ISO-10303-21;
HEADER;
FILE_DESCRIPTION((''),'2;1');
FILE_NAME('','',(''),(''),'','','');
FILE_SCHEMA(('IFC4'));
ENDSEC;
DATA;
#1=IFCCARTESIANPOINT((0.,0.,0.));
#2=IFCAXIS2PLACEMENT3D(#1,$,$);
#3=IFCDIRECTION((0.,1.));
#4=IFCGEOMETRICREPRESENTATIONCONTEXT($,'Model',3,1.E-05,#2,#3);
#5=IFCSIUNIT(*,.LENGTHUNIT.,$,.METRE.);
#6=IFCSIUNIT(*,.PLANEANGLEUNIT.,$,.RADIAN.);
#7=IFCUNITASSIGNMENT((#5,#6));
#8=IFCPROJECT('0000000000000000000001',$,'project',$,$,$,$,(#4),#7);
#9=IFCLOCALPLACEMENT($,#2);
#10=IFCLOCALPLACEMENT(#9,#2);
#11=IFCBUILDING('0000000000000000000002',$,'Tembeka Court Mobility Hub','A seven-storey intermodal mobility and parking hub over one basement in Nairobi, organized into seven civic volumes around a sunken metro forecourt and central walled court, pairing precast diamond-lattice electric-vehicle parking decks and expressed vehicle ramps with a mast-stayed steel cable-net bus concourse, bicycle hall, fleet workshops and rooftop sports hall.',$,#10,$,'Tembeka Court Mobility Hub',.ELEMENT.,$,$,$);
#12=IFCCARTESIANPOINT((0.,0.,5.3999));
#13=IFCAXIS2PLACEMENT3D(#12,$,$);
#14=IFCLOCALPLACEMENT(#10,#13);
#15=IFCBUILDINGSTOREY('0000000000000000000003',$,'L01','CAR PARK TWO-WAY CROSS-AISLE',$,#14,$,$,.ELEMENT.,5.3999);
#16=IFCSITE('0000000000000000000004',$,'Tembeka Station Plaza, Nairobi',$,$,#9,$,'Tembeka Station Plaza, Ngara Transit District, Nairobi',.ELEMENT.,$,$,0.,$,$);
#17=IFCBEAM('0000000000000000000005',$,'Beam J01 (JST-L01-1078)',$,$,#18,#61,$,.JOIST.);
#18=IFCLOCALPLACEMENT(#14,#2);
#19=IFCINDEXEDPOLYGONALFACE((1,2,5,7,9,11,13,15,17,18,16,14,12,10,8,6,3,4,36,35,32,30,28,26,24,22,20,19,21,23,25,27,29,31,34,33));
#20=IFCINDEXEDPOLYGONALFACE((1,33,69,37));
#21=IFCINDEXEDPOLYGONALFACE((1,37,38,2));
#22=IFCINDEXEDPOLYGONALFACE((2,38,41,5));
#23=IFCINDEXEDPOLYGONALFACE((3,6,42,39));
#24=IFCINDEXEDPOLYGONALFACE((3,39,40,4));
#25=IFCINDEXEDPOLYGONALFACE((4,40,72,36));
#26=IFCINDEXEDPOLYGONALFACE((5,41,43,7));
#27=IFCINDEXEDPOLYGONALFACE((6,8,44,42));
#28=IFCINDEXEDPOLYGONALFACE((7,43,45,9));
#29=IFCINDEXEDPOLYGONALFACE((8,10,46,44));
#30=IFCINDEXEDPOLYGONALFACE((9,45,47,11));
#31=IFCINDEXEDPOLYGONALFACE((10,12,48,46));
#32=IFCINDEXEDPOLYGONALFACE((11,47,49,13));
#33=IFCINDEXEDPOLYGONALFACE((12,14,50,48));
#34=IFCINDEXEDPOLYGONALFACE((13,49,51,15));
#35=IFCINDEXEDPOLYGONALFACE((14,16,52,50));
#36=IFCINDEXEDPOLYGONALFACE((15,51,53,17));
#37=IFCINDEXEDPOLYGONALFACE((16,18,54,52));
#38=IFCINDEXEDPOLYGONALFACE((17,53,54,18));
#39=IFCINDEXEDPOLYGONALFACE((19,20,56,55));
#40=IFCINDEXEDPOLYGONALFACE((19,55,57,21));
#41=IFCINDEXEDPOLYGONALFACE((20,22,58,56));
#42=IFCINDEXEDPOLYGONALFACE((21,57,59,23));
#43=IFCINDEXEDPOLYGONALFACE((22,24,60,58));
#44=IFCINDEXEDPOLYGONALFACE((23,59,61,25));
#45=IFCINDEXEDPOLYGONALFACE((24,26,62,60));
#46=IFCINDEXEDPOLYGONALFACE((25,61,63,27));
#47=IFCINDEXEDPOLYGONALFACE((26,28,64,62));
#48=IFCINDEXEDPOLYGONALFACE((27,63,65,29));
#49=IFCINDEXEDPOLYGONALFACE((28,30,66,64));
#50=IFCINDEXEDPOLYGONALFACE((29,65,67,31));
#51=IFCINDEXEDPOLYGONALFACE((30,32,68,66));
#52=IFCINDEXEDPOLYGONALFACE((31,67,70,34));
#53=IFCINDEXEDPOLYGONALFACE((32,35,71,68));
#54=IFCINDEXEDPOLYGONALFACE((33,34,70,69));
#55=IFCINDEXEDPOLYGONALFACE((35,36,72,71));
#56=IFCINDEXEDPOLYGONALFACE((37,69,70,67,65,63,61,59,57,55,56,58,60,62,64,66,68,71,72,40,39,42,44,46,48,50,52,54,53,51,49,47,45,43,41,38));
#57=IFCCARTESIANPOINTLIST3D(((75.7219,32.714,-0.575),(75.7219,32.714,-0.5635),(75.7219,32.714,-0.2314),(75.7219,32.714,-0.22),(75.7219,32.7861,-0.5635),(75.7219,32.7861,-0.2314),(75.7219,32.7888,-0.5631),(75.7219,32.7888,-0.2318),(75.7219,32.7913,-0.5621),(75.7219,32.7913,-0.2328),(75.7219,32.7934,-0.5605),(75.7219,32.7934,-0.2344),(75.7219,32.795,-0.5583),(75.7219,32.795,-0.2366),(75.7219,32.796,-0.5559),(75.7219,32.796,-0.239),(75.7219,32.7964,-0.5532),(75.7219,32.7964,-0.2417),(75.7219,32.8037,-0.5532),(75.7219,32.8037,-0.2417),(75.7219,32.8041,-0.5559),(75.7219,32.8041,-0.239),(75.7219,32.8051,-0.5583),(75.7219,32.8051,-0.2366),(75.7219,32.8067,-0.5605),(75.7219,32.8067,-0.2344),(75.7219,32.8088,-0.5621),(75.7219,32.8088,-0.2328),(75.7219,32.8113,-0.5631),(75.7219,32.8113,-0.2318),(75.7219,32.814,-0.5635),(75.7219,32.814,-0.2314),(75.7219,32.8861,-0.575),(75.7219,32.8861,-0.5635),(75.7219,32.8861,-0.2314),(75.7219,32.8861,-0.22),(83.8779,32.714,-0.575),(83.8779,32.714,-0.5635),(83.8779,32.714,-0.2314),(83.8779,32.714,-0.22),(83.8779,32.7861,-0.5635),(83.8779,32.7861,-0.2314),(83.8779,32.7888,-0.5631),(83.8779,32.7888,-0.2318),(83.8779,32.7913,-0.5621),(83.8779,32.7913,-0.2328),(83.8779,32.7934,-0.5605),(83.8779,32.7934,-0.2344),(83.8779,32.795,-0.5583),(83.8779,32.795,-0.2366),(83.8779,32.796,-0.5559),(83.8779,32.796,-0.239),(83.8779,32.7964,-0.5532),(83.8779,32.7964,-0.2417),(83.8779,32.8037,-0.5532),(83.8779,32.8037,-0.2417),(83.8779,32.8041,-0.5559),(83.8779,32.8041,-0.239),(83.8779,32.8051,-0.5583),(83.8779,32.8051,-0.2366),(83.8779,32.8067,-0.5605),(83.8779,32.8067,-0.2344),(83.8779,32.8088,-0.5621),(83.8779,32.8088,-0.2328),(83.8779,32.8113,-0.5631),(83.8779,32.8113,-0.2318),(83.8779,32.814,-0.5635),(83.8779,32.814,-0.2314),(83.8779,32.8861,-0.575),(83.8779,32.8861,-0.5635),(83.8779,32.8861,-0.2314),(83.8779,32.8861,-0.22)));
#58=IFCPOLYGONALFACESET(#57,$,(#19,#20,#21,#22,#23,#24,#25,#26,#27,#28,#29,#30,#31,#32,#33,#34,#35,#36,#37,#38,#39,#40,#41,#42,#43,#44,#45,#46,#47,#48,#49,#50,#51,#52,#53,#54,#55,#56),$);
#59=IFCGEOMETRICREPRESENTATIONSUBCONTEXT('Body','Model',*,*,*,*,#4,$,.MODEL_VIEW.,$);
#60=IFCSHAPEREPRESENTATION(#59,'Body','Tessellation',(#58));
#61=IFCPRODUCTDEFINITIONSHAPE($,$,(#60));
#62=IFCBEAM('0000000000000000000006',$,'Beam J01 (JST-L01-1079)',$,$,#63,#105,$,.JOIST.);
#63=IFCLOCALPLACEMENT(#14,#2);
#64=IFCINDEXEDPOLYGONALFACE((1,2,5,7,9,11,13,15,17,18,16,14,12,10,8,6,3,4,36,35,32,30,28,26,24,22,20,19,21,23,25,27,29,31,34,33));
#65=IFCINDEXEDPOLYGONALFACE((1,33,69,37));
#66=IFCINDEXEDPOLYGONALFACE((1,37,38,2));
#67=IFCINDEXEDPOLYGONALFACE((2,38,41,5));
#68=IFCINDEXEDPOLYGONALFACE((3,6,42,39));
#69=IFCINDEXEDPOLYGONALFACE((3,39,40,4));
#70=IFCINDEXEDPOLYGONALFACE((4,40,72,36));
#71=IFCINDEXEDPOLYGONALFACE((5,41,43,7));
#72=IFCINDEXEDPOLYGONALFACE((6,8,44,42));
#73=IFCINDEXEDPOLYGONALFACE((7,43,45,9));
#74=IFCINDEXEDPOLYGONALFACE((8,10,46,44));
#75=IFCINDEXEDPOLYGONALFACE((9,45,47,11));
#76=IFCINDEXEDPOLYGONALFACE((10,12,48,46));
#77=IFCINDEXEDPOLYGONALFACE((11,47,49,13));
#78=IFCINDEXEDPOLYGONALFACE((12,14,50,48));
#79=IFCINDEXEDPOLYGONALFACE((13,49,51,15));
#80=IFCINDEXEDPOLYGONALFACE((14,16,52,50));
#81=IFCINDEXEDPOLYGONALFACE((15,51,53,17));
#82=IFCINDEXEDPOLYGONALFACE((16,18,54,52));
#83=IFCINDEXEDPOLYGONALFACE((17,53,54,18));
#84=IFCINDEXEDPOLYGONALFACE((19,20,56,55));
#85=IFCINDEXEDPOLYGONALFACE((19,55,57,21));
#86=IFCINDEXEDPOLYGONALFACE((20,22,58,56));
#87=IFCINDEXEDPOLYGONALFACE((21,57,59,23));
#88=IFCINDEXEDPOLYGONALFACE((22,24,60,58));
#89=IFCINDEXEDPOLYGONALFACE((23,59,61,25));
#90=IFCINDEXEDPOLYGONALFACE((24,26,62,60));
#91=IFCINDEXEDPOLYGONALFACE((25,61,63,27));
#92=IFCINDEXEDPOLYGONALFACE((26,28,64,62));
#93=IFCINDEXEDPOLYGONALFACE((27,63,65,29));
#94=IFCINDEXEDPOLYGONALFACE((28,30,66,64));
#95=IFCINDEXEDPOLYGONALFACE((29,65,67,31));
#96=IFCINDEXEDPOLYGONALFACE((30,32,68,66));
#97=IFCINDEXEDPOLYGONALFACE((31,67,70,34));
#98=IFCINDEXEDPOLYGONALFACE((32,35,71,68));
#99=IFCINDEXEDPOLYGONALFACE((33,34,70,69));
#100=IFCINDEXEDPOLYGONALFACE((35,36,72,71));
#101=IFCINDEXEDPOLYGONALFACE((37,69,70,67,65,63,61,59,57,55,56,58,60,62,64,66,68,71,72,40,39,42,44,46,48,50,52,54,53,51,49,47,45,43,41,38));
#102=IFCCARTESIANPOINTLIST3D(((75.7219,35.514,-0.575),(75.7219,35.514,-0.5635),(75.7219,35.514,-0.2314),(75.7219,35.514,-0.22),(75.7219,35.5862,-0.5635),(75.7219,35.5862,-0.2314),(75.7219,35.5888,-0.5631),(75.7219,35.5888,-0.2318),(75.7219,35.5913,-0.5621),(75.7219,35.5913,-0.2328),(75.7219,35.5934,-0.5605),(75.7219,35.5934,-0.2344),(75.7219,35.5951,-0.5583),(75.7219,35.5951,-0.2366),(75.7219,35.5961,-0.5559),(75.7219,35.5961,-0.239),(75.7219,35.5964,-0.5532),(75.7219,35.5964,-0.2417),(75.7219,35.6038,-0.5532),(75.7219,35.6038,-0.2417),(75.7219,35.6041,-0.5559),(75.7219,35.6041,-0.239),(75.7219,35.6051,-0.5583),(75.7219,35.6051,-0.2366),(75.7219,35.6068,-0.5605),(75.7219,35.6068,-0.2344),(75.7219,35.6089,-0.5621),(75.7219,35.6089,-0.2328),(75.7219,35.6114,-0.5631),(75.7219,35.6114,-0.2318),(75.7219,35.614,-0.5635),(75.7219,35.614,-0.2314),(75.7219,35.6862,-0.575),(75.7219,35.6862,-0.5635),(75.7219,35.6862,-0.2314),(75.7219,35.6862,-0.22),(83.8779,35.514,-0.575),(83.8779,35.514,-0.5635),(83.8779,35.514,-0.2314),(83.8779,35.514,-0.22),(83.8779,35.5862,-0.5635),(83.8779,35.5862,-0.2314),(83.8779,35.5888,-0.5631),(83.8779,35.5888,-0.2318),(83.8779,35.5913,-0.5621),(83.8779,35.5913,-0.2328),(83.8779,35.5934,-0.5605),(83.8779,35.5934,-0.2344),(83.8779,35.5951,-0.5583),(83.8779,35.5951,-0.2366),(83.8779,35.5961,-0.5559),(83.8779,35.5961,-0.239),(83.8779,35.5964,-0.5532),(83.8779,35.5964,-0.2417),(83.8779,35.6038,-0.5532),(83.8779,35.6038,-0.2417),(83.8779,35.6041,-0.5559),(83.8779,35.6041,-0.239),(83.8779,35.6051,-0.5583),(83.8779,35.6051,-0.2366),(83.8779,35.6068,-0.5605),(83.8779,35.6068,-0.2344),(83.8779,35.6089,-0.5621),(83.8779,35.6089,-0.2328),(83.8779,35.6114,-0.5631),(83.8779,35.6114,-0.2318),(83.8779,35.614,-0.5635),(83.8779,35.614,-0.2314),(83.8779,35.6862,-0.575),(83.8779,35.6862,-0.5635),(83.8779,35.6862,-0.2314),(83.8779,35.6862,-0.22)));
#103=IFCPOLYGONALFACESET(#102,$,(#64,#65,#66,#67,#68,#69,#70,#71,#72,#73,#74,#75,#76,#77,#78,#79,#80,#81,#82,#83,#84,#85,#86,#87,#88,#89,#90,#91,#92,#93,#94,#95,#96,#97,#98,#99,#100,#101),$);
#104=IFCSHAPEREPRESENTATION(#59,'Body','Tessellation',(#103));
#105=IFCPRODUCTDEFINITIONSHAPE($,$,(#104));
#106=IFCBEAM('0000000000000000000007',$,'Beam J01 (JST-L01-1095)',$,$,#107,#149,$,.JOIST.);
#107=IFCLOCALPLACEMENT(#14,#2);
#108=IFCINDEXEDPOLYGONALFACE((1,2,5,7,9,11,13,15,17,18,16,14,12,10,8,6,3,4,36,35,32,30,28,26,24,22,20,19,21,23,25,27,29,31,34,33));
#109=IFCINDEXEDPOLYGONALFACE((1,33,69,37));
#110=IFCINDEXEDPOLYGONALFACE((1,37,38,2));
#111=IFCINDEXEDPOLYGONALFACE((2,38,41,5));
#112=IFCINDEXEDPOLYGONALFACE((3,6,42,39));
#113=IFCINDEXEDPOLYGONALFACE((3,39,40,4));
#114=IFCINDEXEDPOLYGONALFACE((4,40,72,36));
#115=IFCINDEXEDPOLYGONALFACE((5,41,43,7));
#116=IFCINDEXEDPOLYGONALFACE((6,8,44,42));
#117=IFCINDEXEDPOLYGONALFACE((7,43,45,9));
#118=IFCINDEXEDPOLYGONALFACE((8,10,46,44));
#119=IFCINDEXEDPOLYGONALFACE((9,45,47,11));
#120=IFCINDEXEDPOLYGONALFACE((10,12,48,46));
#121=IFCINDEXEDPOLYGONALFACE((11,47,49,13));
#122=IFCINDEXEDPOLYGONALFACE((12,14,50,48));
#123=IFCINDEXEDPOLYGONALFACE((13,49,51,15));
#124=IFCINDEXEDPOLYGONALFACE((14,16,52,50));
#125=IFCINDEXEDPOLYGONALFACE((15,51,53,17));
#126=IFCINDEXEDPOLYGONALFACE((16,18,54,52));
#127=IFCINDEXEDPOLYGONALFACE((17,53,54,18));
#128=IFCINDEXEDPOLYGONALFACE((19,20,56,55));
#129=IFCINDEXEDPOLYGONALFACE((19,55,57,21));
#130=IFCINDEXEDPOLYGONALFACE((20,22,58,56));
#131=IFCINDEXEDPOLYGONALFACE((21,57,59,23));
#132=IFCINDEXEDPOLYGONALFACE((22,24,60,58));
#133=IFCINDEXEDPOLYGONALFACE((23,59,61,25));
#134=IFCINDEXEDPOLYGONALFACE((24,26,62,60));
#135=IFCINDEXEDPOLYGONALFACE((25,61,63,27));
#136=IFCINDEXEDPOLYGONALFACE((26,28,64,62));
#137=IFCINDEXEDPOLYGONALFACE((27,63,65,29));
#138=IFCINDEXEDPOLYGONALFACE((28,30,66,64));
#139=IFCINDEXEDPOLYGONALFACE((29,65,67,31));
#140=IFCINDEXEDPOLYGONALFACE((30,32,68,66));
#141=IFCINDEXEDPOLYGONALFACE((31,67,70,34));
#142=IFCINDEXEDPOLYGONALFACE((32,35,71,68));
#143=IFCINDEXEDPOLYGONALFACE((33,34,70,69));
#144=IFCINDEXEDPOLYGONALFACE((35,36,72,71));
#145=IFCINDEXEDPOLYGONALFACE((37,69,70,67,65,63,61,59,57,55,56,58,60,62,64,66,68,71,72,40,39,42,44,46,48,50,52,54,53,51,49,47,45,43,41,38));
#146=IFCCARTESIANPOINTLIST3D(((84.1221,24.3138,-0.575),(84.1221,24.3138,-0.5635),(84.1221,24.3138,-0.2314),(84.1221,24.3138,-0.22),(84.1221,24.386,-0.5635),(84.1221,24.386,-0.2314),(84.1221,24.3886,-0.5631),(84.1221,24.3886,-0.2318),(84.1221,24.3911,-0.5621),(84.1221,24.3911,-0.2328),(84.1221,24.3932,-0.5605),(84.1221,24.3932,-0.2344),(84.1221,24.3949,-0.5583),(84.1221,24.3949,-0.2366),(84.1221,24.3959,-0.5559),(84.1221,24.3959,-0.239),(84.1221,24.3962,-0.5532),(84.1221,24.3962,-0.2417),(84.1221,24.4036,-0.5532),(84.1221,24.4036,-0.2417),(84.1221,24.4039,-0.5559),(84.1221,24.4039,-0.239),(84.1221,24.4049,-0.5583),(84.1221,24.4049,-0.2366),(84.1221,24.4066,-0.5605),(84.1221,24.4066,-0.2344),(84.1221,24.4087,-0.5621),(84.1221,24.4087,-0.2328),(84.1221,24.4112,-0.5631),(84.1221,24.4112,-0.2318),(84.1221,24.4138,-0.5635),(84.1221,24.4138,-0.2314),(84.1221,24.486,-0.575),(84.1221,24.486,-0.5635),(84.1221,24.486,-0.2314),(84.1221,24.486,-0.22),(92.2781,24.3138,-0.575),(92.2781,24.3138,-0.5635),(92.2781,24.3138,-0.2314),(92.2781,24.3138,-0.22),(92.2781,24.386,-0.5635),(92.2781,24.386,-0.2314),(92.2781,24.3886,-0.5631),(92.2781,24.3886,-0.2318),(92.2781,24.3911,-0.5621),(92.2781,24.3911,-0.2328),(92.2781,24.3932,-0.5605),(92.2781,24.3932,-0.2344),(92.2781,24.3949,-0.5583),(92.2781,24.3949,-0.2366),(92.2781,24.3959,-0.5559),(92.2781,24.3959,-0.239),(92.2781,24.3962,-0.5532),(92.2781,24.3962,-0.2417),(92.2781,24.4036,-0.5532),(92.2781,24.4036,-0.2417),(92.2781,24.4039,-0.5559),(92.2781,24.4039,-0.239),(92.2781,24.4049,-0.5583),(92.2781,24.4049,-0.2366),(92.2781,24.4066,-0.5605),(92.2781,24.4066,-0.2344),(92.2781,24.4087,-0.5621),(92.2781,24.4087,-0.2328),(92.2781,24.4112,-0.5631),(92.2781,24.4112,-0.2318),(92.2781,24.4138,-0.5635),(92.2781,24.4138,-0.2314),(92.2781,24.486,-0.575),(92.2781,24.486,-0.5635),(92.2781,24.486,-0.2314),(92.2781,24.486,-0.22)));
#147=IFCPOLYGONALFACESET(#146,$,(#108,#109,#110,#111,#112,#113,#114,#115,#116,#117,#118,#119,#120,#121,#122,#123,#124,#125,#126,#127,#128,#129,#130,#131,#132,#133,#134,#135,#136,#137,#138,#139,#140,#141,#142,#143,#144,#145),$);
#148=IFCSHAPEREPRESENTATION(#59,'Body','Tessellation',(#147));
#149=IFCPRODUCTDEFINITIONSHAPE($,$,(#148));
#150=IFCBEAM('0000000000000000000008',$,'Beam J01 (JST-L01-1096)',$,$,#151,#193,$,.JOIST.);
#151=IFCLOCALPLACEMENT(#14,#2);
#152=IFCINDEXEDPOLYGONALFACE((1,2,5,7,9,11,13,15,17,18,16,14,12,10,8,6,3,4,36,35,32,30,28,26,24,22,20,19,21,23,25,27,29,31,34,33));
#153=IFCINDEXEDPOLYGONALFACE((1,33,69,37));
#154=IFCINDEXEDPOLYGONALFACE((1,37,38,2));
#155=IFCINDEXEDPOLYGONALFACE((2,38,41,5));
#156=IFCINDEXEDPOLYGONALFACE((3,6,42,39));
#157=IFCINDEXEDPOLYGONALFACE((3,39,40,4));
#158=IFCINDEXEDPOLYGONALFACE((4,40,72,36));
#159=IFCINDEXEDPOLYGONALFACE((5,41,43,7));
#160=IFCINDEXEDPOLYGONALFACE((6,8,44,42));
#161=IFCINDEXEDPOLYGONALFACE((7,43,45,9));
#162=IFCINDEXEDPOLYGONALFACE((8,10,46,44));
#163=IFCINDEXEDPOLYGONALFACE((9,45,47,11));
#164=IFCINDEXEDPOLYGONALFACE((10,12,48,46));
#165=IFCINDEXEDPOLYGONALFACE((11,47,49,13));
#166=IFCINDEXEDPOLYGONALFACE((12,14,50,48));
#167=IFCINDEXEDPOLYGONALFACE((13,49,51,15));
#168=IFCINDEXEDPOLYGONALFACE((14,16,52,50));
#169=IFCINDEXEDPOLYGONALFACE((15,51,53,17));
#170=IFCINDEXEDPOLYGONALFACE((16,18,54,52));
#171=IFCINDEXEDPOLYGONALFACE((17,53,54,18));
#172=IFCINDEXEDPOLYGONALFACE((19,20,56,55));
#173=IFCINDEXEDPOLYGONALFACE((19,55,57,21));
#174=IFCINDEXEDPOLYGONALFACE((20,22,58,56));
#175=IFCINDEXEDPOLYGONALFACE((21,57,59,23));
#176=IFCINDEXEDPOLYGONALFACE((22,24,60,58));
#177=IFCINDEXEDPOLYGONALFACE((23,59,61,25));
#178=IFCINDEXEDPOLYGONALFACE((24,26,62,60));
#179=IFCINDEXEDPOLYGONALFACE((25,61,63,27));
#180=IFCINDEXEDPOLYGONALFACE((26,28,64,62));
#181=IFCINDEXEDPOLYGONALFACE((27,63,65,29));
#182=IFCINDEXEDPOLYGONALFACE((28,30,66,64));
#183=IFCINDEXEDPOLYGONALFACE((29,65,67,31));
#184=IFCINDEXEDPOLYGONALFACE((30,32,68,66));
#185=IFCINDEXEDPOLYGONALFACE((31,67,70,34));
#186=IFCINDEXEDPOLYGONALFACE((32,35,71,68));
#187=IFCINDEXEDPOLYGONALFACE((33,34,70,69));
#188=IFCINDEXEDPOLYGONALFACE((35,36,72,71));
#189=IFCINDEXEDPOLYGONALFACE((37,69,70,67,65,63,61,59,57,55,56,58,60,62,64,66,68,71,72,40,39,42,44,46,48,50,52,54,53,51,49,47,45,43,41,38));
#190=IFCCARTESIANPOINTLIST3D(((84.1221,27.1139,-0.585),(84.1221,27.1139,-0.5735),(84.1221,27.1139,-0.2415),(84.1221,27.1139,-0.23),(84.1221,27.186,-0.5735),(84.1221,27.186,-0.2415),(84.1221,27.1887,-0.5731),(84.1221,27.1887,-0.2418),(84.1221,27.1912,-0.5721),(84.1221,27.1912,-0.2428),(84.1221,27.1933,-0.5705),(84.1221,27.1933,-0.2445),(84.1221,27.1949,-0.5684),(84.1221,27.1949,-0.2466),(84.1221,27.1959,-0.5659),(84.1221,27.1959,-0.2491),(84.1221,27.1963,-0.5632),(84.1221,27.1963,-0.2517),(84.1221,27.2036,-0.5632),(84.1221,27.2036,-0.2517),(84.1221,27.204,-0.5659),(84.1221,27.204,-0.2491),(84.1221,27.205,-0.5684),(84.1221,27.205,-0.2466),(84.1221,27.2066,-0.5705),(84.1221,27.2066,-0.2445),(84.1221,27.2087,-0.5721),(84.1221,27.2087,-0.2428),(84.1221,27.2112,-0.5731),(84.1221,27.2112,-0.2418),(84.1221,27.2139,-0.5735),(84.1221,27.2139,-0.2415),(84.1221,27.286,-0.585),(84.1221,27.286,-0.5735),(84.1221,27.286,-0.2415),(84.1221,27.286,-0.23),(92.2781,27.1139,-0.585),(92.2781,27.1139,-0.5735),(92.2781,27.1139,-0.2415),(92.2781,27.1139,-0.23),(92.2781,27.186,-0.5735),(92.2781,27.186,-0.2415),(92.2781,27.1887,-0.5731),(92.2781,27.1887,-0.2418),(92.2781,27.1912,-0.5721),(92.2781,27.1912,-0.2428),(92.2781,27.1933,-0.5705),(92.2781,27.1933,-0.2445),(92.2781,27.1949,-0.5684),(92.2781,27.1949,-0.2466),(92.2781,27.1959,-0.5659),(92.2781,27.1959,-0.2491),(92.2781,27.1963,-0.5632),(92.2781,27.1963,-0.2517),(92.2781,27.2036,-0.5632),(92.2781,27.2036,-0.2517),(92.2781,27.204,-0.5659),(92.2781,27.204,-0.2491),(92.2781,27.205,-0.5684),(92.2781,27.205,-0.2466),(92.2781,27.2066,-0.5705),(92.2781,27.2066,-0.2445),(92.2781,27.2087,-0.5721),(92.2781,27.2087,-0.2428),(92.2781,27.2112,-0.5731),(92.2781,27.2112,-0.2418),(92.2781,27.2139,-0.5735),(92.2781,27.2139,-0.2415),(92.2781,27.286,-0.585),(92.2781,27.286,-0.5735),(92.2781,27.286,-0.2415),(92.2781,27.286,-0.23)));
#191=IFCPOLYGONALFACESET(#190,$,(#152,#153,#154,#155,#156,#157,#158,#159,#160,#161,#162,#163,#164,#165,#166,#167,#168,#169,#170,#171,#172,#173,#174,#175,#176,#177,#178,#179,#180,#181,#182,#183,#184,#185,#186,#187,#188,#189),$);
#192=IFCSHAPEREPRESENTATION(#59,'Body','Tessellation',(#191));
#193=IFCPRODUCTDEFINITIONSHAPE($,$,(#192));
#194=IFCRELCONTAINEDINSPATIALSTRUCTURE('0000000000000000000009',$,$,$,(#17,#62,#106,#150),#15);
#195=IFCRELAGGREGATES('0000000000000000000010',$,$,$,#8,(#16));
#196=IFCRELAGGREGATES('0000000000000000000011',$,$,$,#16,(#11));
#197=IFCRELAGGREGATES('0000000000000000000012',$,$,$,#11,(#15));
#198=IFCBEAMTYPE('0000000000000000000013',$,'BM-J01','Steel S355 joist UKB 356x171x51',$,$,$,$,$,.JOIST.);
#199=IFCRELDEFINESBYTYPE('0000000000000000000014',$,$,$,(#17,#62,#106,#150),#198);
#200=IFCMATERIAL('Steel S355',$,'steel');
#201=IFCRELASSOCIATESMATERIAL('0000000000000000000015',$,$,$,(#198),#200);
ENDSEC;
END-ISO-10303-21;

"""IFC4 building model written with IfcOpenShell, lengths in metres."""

from ifc_helpers import new_model, si_unit, direction, frame, origin, origin_2d, place, context, subcontext, project, spatial, i_section, extrude, material, material_profile, profile_set, type_object, element, save


model = new_model("IFC4")

# Units and contexts
model_context = context("Model", 3, precision=1e-05, world=origin(), true_north=direction((0.0, 1.0)))
body_context = subcontext(model_context, "Body", "Model", "MODEL_VIEW")
ifc_project = project(units=[si_unit("LENGTHUNIT", "METRE"), si_unit("PLANEANGLEUNIT", "RADIAN")], contexts=[model_context])

# Site, building, storey
site_placement = place(None, origin())
site = spatial("IfcSite", under=ifc_project, at=site_placement, Name="Tembeka Station Plaza, Nairobi", LongName="Tembeka Station Plaza, Ngara Transit District, Nairobi", CompositionType="ELEMENT", RefElevation=0.0)
building_placement = place(site_placement, origin())
building = spatial("IfcBuilding", under=site, at=building_placement, Name="Tembeka Court Mobility Hub", Description="A seven-storey intermodal mobility and parking hub over one basement in Nairobi, organized into seven civic volumes around a sunken metro forecourt and central walled court, pairing precast diamond-lattice electric-vehicle parking decks and expressed vehicle ramps with a mast-stayed steel cable-net bus concourse, bicycle hall, fleet workshops and rooftop sports hall.", LongName="Tembeka Court Mobility Hub", CompositionType="ELEMENT")
storey_placement = place(building_placement, frame((0.0, 0.0, 5.3999)))
storey = spatial("IfcBuildingStorey", under=building, at=storey_placement, Name="L01", Description="CAR PARK TWO-WAY CROSS-AISLE", CompositionType="ELEMENT", Elevation=5.3999)

# Shared definitions
ifc_material_1 = material(Name="Steel S355", Category="steel")

# Beams
ifc_material_profile_1 = material_profile(ifc_material_1, i_section(OverallWidth=0.1721, OverallDepth=0.355, WebThickness=0.0073, FlangeThickness=0.0115, FilletRadius=0.0103, at=origin_2d()), Name="UKB 356x171x51")
ifc_profile_set_1 = profile_set([ifc_material_profile_1], Name="Steel S355")
beam_type_1 = type_object("IfcBeamType", Name="BM-J01", Description="Steel S355 joist UKB 356x171x51", PredefinedType="JOIST", material=ifc_profile_set_1)
for number, where, z_axis, x_axis, name in (
    (1, (75.7219, 32.8, -0.3975), (1.0, 0.0, 0.0), (0.0, 1.0, 0.0), "Beam J01 (JST-L01-1078)"),
    (2, (75.7219, 35.6001, -0.3975), (1.0, 0.0, 0.0), (0.0, 1.0, 0.0), "Beam J01 (JST-L01-1079)"),
    (3, (84.1221, 24.3999, -0.3975), (1.0, 0.0, 0.0), (0.0, 1.0, 0.0), "Beam J01 (JST-L01-1095)"),
    (4, (84.1221, 27.2, -0.4075), (1.0, 0.0, 0.0), (0.0, 1.0, 0.0), "Beam J01 (JST-L01-1096)"),
):
    element("IfcBeam", number, at=place(storey_placement, frame(where, z_axis=z_axis, x_axis=x_axis)), inside=storey, type_object=beam_type_1, Name=name, PredefinedType="JOIST", context=body_context, shape_type="SweptSolid", body=[
        extrude(i_section(OverallWidth=0.1721, OverallDepth=0.355, WebThickness=0.0073, FlangeThickness=0.0115, FilletRadius=0.0103, at=origin_2d()), origin(), (0.0, 0.0, 1.0), 8.156),
    ])

save(model, "model.ifc")
